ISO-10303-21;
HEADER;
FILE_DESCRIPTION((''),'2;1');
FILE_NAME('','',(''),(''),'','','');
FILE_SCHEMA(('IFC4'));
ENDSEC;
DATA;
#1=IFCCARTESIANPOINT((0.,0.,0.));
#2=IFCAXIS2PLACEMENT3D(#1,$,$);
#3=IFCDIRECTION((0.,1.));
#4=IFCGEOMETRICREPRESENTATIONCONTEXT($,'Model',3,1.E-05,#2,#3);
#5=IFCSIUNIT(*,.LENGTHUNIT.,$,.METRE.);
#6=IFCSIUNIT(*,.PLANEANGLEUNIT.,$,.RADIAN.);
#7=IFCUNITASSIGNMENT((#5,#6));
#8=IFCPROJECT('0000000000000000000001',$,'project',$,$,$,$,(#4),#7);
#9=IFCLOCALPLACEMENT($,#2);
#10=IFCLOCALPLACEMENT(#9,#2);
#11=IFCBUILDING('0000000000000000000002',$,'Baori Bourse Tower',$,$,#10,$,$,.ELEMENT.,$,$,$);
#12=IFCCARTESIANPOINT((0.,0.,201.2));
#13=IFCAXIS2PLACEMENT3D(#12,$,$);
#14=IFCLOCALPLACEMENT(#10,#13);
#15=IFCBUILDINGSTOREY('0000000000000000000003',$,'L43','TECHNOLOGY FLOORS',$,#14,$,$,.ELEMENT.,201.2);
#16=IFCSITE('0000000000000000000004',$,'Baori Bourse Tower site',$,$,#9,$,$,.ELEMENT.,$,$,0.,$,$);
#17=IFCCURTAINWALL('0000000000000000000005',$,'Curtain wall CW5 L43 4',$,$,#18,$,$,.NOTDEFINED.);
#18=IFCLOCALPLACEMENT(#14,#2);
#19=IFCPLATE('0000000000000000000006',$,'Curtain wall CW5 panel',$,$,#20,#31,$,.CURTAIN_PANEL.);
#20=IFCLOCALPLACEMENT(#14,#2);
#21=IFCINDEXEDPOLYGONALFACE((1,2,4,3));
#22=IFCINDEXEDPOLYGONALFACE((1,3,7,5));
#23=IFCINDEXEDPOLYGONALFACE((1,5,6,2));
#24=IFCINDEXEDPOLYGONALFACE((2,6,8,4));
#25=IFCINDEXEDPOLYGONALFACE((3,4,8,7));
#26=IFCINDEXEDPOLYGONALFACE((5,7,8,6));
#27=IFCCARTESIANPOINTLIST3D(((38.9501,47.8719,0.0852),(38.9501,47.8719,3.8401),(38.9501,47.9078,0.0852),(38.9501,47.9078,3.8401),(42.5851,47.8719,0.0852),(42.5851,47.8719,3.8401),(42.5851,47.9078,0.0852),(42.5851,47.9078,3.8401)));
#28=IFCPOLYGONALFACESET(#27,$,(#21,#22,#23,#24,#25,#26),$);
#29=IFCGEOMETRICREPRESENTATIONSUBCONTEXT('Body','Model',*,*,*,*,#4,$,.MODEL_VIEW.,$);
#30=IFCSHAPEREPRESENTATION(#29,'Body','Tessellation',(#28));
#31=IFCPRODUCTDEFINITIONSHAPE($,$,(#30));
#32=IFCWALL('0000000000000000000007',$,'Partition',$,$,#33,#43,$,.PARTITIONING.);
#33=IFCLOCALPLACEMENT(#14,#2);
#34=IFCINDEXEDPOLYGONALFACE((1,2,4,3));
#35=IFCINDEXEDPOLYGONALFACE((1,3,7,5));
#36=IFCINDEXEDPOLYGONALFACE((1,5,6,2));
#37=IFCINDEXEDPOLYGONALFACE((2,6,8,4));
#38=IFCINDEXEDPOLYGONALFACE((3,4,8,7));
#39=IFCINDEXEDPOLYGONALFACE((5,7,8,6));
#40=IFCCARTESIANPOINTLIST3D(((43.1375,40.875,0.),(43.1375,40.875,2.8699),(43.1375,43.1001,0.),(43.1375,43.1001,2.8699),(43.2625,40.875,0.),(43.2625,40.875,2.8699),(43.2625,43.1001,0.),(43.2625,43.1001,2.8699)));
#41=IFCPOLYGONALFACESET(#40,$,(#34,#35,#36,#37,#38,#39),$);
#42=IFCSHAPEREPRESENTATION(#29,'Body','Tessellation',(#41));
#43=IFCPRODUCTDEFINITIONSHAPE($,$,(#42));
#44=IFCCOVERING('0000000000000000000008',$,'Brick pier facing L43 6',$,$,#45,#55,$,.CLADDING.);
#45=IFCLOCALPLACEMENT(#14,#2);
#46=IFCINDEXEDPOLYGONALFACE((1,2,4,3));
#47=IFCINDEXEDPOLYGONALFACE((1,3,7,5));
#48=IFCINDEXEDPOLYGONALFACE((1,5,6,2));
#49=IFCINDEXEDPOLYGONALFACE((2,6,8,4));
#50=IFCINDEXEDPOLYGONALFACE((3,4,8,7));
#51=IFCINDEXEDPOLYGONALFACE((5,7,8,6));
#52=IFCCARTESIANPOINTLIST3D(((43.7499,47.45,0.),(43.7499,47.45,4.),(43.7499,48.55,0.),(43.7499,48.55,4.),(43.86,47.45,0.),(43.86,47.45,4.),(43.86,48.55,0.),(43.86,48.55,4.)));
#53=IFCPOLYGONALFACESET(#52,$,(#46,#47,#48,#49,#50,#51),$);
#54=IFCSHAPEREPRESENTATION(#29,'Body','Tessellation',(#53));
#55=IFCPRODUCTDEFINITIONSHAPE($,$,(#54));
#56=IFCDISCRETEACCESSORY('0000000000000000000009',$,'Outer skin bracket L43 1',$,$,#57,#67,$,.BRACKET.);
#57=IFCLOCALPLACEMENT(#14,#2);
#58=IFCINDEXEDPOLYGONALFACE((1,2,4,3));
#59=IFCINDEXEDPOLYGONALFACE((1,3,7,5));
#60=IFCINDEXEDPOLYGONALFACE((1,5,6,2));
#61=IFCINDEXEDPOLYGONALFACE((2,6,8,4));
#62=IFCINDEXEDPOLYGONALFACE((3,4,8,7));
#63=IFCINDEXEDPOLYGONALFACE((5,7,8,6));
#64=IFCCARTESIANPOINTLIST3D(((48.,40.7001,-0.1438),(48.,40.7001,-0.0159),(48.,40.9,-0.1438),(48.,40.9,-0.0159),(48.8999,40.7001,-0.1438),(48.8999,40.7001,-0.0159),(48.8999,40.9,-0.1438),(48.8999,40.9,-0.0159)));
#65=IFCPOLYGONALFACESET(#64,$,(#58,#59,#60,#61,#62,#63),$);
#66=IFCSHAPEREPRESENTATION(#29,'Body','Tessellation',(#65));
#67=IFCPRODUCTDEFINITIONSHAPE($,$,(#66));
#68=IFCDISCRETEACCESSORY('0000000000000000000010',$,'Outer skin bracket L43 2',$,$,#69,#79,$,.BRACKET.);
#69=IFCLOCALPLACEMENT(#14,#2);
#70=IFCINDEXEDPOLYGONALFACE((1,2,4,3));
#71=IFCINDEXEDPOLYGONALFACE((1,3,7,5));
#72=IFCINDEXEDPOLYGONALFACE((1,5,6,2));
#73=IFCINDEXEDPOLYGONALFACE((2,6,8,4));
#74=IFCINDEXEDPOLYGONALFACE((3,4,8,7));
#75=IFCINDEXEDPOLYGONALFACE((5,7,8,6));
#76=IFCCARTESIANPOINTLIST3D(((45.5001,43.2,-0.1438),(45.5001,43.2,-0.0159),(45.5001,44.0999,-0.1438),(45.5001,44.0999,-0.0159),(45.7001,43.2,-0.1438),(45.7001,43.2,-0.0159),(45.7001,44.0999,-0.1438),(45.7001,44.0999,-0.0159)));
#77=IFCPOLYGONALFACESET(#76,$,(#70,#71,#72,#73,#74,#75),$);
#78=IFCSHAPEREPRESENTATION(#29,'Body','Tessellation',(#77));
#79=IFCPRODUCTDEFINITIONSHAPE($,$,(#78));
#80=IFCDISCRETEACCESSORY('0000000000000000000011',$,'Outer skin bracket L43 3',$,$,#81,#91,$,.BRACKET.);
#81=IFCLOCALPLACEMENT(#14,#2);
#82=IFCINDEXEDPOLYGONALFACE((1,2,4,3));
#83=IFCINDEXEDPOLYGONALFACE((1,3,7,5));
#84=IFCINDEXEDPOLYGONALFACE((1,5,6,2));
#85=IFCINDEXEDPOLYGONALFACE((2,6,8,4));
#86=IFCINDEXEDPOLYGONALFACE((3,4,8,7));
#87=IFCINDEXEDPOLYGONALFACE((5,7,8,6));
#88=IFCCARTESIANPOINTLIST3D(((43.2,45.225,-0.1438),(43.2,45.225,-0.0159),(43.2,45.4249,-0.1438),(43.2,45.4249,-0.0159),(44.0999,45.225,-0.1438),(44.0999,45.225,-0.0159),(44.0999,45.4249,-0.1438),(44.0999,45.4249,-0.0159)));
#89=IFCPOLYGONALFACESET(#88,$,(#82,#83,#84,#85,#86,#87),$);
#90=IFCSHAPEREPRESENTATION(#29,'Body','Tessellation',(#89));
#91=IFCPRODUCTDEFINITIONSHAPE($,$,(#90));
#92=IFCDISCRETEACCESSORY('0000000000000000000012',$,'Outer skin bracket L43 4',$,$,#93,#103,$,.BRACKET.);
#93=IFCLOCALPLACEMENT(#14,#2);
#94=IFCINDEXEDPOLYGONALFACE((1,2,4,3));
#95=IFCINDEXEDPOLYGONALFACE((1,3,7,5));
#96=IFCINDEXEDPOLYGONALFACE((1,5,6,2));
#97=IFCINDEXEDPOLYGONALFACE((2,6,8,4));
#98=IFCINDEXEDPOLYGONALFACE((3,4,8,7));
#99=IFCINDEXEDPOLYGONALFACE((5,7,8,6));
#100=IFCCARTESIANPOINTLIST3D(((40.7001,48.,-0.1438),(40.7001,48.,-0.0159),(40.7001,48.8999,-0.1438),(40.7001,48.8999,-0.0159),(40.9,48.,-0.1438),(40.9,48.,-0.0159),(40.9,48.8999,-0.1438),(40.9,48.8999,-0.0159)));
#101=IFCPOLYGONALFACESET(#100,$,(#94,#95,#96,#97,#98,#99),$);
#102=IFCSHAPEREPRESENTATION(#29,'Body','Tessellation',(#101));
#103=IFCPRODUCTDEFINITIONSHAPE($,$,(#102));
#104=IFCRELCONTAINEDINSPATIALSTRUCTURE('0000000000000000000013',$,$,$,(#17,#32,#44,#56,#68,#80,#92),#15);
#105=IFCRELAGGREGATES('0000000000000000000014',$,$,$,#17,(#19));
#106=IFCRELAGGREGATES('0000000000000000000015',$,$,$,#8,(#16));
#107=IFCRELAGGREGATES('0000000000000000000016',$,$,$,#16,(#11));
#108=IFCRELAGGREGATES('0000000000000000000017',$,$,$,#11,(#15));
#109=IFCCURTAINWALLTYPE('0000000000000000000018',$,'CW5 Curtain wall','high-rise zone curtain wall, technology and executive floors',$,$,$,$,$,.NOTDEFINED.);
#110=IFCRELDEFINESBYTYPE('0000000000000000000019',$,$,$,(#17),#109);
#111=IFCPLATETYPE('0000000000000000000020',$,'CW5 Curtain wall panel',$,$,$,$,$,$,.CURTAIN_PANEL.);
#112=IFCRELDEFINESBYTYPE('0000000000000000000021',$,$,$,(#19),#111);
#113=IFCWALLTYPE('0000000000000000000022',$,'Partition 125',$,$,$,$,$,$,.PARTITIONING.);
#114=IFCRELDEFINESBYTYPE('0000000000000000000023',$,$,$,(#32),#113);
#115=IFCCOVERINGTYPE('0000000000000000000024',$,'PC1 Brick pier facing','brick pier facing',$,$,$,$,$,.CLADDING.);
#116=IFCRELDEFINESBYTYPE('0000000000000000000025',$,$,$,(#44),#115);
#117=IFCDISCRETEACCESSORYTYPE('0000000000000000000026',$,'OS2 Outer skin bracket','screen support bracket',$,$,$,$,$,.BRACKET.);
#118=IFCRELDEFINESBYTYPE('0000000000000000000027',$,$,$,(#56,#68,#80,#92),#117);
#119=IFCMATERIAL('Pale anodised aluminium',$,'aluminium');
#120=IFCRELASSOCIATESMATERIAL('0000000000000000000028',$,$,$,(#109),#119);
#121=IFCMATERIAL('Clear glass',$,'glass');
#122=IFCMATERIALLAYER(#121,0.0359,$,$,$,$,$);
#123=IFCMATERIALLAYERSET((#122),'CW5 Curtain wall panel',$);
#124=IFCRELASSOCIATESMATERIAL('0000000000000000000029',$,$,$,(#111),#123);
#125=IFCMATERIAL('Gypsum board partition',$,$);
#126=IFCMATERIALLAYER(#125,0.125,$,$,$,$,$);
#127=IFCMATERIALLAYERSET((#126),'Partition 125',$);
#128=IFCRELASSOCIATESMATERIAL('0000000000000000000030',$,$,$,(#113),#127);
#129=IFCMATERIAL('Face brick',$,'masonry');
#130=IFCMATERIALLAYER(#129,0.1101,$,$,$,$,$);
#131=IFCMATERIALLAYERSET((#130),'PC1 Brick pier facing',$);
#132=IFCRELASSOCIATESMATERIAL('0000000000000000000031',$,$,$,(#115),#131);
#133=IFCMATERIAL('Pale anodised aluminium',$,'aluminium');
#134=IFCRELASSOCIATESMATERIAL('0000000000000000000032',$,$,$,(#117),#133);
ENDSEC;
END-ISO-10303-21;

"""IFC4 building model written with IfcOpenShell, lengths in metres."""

from ifc_helpers import new_model, si_unit, direction, frame, frame_2d, origin, origin_2d, place, context, subcontext, project, spatial, rectangle, extrude, material, layer, layer_set, type_object, element, aggregate, save


model = new_model("IFC4")

# Units and contexts
model_context = context("Model", 3, precision=1e-05, world=origin(), true_north=direction((0.0, 1.0)))
body_context = subcontext(model_context, "Body", "Model", "MODEL_VIEW")
ifc_project = project(units=[si_unit("LENGTHUNIT", "METRE"), si_unit("PLANEANGLEUNIT", "RADIAN")], contexts=[model_context])

# Site, building, storey
site_placement = place(None, origin())
site = spatial("IfcSite", under=ifc_project, at=site_placement, Name="Baori Bourse Tower site", CompositionType="ELEMENT", RefElevation=0.0)
building_placement = place(site_placement, origin())
building = spatial("IfcBuilding", under=site, at=building_placement, Name="Baori Bourse Tower", CompositionType="ELEMENT")
storey_placement = place(building_placement, frame((0.0, 0.0, 201.2)))
storey = spatial("IfcBuildingStorey", under=building, at=storey_placement, Name="L43", Description="TECHNOLOGY FLOORS", CompositionType="ELEMENT", Elevation=201.2)

# Curtain wall
ifc_material_1 = material(Name="Pale anodised aluminium", Category="aluminium")
curtain_wall_type_1 = type_object("IfcCurtainWallType", Name="CW5 Curtain wall", Description="high-rise zone curtain wall, technology and executive floors", PredefinedType="NOTDEFINED", material=ifc_material_1)
curtain_wall_1_placement = place(storey_placement, origin())
curtain_wall_1 = element("IfcCurtainWall", 1, at=curtain_wall_1_placement, inside=storey, type_object=curtain_wall_type_1, Name="Curtain wall CW5 L43 4", PredefinedType="NOTDEFINED")

# Plate
ifc_material_2 = material(Name="Clear glass", Category="glass")
ifc_layer_1 = layer(ifc_material_2, 0.0359)
ifc_layer_set_1 = layer_set([ifc_layer_1], Name="CW5 Curtain wall panel")
plate_type_1 = type_object("IfcPlateType", Name="CW5 Curtain wall panel", PredefinedType="CURTAIN_PANEL", material=ifc_layer_set_1)
plate_1_placement = place(storey_placement, frame((40.7676, 47.8899, 0.0852), z_axis=(0.0, 0.0, 1.0), x_axis=(-1.0, 0.0, 0.0)))
plate_1 = element("IfcPlate", 2, at=plate_1_placement, type_object=plate_type_1, Name="Curtain wall CW5 panel", PredefinedType="CURTAIN_PANEL", context=body_context, shape_type="SweptSolid", body=[
    extrude(rectangle(XDim=3.635, YDim=0.0359, at=origin_2d()), origin(), (0.0, 0.0, 1.0), 3.7549),
])
aggregate(curtain_wall_1, [plate_1])

# Wall
ifc_material_3 = material(Name="Gypsum board partition")
ifc_layer_2 = layer(ifc_material_3, 0.125)
ifc_layer_set_2 = layer_set([ifc_layer_2], Name="Partition 125")
wall_type = type_object("IfcWallType", Name="Partition 125", PredefinedType="PARTITIONING", material=ifc_layer_set_2)
wall_placement = place(storey_placement, frame((43.2, 40.875, 0.0), z_axis=(0.0, 0.0, 1.0), x_axis=(0.0, 1.0, 0.0)))
element("IfcWall", 3, at=wall_placement, inside=storey, type_object=wall_type, Name="Partition", PredefinedType="PARTITIONING", context=body_context, shape_type="SweptSolid", body=[
    extrude(rectangle(XDim=2.2251, YDim=0.125, at=frame_2d((1.1125, 0.0))), origin(), (0.0, 0.0, 1.0), 2.8699),
])

# Covering
ifc_material_4 = material(Name="Face brick", Category="masonry")
ifc_layer_3 = layer(ifc_material_4, 0.1101)
ifc_layer_set_3 = layer_set([ifc_layer_3], Name="PC1 Brick pier facing")
covering_type = type_object("IfcCoveringType", Name="PC1 Brick pier facing", Description="brick pier facing", PredefinedType="CLADDING", material=ifc_layer_set_3)
covering_placement = place(storey_placement, frame((43.8049, 48.0, 0.0), z_axis=(0.0, 0.0, 1.0), x_axis=(1.0, 0.0, 0.0)))
element("IfcCovering", 4, at=covering_placement, inside=storey, type_object=covering_type, Name="Brick pier facing L43 6", PredefinedType="CLADDING", context=body_context, shape_type="SweptSolid", body=[
    extrude(rectangle(XDim=0.1101, YDim=1.1001, at=origin_2d()), origin(), (0.0, 0.0, 1.0), 4.0),
])

# Discrete accessories
ifc_material_5 = material(Name="Pale anodised aluminium", Category="aluminium")
discrete_accessory_type = type_object("IfcDiscreteAccessoryType", Name="OS2 Outer skin bracket", Description="screen support bracket", PredefinedType="BRACKET", material=ifc_material_5)
for number, where, z_axis, x_axis, name in (
    (5, (48.45, 40.8, -0.1438), (0.0, 0.0, 1.0), (0.0, 1.0, 0.0), "Outer skin bracket L43 1"),
    (6, (45.6001, 43.6499, -0.1438), (0.0, 0.0, 1.0), (-1.0, 0.0, 0.0), "Outer skin bracket L43 2"),
    (7, (43.6499, 45.325, -0.1438), (0.0, 0.0, 1.0), (0.0, 1.0, 0.0), "Outer skin bracket L43 3"),
    (8, (40.8, 48.45, -0.1438), (0.0, 0.0, 1.0), (-1.0, 0.0, 0.0), "Outer skin bracket L43 4"),
):
    element("IfcDiscreteAccessory", number, at=place(storey_placement, frame(where, z_axis=z_axis, x_axis=x_axis)), inside=storey, type_object=discrete_accessory_type, Name=name, PredefinedType="BRACKET", context=body_context, shape_type="SweptSolid", body=[
        extrude(rectangle(XDim=0.2, YDim=0.8999, at=origin_2d()), origin(), (0.0, 0.0, 1.0), 0.1279),
    ])

save(model, "model.ifc")
